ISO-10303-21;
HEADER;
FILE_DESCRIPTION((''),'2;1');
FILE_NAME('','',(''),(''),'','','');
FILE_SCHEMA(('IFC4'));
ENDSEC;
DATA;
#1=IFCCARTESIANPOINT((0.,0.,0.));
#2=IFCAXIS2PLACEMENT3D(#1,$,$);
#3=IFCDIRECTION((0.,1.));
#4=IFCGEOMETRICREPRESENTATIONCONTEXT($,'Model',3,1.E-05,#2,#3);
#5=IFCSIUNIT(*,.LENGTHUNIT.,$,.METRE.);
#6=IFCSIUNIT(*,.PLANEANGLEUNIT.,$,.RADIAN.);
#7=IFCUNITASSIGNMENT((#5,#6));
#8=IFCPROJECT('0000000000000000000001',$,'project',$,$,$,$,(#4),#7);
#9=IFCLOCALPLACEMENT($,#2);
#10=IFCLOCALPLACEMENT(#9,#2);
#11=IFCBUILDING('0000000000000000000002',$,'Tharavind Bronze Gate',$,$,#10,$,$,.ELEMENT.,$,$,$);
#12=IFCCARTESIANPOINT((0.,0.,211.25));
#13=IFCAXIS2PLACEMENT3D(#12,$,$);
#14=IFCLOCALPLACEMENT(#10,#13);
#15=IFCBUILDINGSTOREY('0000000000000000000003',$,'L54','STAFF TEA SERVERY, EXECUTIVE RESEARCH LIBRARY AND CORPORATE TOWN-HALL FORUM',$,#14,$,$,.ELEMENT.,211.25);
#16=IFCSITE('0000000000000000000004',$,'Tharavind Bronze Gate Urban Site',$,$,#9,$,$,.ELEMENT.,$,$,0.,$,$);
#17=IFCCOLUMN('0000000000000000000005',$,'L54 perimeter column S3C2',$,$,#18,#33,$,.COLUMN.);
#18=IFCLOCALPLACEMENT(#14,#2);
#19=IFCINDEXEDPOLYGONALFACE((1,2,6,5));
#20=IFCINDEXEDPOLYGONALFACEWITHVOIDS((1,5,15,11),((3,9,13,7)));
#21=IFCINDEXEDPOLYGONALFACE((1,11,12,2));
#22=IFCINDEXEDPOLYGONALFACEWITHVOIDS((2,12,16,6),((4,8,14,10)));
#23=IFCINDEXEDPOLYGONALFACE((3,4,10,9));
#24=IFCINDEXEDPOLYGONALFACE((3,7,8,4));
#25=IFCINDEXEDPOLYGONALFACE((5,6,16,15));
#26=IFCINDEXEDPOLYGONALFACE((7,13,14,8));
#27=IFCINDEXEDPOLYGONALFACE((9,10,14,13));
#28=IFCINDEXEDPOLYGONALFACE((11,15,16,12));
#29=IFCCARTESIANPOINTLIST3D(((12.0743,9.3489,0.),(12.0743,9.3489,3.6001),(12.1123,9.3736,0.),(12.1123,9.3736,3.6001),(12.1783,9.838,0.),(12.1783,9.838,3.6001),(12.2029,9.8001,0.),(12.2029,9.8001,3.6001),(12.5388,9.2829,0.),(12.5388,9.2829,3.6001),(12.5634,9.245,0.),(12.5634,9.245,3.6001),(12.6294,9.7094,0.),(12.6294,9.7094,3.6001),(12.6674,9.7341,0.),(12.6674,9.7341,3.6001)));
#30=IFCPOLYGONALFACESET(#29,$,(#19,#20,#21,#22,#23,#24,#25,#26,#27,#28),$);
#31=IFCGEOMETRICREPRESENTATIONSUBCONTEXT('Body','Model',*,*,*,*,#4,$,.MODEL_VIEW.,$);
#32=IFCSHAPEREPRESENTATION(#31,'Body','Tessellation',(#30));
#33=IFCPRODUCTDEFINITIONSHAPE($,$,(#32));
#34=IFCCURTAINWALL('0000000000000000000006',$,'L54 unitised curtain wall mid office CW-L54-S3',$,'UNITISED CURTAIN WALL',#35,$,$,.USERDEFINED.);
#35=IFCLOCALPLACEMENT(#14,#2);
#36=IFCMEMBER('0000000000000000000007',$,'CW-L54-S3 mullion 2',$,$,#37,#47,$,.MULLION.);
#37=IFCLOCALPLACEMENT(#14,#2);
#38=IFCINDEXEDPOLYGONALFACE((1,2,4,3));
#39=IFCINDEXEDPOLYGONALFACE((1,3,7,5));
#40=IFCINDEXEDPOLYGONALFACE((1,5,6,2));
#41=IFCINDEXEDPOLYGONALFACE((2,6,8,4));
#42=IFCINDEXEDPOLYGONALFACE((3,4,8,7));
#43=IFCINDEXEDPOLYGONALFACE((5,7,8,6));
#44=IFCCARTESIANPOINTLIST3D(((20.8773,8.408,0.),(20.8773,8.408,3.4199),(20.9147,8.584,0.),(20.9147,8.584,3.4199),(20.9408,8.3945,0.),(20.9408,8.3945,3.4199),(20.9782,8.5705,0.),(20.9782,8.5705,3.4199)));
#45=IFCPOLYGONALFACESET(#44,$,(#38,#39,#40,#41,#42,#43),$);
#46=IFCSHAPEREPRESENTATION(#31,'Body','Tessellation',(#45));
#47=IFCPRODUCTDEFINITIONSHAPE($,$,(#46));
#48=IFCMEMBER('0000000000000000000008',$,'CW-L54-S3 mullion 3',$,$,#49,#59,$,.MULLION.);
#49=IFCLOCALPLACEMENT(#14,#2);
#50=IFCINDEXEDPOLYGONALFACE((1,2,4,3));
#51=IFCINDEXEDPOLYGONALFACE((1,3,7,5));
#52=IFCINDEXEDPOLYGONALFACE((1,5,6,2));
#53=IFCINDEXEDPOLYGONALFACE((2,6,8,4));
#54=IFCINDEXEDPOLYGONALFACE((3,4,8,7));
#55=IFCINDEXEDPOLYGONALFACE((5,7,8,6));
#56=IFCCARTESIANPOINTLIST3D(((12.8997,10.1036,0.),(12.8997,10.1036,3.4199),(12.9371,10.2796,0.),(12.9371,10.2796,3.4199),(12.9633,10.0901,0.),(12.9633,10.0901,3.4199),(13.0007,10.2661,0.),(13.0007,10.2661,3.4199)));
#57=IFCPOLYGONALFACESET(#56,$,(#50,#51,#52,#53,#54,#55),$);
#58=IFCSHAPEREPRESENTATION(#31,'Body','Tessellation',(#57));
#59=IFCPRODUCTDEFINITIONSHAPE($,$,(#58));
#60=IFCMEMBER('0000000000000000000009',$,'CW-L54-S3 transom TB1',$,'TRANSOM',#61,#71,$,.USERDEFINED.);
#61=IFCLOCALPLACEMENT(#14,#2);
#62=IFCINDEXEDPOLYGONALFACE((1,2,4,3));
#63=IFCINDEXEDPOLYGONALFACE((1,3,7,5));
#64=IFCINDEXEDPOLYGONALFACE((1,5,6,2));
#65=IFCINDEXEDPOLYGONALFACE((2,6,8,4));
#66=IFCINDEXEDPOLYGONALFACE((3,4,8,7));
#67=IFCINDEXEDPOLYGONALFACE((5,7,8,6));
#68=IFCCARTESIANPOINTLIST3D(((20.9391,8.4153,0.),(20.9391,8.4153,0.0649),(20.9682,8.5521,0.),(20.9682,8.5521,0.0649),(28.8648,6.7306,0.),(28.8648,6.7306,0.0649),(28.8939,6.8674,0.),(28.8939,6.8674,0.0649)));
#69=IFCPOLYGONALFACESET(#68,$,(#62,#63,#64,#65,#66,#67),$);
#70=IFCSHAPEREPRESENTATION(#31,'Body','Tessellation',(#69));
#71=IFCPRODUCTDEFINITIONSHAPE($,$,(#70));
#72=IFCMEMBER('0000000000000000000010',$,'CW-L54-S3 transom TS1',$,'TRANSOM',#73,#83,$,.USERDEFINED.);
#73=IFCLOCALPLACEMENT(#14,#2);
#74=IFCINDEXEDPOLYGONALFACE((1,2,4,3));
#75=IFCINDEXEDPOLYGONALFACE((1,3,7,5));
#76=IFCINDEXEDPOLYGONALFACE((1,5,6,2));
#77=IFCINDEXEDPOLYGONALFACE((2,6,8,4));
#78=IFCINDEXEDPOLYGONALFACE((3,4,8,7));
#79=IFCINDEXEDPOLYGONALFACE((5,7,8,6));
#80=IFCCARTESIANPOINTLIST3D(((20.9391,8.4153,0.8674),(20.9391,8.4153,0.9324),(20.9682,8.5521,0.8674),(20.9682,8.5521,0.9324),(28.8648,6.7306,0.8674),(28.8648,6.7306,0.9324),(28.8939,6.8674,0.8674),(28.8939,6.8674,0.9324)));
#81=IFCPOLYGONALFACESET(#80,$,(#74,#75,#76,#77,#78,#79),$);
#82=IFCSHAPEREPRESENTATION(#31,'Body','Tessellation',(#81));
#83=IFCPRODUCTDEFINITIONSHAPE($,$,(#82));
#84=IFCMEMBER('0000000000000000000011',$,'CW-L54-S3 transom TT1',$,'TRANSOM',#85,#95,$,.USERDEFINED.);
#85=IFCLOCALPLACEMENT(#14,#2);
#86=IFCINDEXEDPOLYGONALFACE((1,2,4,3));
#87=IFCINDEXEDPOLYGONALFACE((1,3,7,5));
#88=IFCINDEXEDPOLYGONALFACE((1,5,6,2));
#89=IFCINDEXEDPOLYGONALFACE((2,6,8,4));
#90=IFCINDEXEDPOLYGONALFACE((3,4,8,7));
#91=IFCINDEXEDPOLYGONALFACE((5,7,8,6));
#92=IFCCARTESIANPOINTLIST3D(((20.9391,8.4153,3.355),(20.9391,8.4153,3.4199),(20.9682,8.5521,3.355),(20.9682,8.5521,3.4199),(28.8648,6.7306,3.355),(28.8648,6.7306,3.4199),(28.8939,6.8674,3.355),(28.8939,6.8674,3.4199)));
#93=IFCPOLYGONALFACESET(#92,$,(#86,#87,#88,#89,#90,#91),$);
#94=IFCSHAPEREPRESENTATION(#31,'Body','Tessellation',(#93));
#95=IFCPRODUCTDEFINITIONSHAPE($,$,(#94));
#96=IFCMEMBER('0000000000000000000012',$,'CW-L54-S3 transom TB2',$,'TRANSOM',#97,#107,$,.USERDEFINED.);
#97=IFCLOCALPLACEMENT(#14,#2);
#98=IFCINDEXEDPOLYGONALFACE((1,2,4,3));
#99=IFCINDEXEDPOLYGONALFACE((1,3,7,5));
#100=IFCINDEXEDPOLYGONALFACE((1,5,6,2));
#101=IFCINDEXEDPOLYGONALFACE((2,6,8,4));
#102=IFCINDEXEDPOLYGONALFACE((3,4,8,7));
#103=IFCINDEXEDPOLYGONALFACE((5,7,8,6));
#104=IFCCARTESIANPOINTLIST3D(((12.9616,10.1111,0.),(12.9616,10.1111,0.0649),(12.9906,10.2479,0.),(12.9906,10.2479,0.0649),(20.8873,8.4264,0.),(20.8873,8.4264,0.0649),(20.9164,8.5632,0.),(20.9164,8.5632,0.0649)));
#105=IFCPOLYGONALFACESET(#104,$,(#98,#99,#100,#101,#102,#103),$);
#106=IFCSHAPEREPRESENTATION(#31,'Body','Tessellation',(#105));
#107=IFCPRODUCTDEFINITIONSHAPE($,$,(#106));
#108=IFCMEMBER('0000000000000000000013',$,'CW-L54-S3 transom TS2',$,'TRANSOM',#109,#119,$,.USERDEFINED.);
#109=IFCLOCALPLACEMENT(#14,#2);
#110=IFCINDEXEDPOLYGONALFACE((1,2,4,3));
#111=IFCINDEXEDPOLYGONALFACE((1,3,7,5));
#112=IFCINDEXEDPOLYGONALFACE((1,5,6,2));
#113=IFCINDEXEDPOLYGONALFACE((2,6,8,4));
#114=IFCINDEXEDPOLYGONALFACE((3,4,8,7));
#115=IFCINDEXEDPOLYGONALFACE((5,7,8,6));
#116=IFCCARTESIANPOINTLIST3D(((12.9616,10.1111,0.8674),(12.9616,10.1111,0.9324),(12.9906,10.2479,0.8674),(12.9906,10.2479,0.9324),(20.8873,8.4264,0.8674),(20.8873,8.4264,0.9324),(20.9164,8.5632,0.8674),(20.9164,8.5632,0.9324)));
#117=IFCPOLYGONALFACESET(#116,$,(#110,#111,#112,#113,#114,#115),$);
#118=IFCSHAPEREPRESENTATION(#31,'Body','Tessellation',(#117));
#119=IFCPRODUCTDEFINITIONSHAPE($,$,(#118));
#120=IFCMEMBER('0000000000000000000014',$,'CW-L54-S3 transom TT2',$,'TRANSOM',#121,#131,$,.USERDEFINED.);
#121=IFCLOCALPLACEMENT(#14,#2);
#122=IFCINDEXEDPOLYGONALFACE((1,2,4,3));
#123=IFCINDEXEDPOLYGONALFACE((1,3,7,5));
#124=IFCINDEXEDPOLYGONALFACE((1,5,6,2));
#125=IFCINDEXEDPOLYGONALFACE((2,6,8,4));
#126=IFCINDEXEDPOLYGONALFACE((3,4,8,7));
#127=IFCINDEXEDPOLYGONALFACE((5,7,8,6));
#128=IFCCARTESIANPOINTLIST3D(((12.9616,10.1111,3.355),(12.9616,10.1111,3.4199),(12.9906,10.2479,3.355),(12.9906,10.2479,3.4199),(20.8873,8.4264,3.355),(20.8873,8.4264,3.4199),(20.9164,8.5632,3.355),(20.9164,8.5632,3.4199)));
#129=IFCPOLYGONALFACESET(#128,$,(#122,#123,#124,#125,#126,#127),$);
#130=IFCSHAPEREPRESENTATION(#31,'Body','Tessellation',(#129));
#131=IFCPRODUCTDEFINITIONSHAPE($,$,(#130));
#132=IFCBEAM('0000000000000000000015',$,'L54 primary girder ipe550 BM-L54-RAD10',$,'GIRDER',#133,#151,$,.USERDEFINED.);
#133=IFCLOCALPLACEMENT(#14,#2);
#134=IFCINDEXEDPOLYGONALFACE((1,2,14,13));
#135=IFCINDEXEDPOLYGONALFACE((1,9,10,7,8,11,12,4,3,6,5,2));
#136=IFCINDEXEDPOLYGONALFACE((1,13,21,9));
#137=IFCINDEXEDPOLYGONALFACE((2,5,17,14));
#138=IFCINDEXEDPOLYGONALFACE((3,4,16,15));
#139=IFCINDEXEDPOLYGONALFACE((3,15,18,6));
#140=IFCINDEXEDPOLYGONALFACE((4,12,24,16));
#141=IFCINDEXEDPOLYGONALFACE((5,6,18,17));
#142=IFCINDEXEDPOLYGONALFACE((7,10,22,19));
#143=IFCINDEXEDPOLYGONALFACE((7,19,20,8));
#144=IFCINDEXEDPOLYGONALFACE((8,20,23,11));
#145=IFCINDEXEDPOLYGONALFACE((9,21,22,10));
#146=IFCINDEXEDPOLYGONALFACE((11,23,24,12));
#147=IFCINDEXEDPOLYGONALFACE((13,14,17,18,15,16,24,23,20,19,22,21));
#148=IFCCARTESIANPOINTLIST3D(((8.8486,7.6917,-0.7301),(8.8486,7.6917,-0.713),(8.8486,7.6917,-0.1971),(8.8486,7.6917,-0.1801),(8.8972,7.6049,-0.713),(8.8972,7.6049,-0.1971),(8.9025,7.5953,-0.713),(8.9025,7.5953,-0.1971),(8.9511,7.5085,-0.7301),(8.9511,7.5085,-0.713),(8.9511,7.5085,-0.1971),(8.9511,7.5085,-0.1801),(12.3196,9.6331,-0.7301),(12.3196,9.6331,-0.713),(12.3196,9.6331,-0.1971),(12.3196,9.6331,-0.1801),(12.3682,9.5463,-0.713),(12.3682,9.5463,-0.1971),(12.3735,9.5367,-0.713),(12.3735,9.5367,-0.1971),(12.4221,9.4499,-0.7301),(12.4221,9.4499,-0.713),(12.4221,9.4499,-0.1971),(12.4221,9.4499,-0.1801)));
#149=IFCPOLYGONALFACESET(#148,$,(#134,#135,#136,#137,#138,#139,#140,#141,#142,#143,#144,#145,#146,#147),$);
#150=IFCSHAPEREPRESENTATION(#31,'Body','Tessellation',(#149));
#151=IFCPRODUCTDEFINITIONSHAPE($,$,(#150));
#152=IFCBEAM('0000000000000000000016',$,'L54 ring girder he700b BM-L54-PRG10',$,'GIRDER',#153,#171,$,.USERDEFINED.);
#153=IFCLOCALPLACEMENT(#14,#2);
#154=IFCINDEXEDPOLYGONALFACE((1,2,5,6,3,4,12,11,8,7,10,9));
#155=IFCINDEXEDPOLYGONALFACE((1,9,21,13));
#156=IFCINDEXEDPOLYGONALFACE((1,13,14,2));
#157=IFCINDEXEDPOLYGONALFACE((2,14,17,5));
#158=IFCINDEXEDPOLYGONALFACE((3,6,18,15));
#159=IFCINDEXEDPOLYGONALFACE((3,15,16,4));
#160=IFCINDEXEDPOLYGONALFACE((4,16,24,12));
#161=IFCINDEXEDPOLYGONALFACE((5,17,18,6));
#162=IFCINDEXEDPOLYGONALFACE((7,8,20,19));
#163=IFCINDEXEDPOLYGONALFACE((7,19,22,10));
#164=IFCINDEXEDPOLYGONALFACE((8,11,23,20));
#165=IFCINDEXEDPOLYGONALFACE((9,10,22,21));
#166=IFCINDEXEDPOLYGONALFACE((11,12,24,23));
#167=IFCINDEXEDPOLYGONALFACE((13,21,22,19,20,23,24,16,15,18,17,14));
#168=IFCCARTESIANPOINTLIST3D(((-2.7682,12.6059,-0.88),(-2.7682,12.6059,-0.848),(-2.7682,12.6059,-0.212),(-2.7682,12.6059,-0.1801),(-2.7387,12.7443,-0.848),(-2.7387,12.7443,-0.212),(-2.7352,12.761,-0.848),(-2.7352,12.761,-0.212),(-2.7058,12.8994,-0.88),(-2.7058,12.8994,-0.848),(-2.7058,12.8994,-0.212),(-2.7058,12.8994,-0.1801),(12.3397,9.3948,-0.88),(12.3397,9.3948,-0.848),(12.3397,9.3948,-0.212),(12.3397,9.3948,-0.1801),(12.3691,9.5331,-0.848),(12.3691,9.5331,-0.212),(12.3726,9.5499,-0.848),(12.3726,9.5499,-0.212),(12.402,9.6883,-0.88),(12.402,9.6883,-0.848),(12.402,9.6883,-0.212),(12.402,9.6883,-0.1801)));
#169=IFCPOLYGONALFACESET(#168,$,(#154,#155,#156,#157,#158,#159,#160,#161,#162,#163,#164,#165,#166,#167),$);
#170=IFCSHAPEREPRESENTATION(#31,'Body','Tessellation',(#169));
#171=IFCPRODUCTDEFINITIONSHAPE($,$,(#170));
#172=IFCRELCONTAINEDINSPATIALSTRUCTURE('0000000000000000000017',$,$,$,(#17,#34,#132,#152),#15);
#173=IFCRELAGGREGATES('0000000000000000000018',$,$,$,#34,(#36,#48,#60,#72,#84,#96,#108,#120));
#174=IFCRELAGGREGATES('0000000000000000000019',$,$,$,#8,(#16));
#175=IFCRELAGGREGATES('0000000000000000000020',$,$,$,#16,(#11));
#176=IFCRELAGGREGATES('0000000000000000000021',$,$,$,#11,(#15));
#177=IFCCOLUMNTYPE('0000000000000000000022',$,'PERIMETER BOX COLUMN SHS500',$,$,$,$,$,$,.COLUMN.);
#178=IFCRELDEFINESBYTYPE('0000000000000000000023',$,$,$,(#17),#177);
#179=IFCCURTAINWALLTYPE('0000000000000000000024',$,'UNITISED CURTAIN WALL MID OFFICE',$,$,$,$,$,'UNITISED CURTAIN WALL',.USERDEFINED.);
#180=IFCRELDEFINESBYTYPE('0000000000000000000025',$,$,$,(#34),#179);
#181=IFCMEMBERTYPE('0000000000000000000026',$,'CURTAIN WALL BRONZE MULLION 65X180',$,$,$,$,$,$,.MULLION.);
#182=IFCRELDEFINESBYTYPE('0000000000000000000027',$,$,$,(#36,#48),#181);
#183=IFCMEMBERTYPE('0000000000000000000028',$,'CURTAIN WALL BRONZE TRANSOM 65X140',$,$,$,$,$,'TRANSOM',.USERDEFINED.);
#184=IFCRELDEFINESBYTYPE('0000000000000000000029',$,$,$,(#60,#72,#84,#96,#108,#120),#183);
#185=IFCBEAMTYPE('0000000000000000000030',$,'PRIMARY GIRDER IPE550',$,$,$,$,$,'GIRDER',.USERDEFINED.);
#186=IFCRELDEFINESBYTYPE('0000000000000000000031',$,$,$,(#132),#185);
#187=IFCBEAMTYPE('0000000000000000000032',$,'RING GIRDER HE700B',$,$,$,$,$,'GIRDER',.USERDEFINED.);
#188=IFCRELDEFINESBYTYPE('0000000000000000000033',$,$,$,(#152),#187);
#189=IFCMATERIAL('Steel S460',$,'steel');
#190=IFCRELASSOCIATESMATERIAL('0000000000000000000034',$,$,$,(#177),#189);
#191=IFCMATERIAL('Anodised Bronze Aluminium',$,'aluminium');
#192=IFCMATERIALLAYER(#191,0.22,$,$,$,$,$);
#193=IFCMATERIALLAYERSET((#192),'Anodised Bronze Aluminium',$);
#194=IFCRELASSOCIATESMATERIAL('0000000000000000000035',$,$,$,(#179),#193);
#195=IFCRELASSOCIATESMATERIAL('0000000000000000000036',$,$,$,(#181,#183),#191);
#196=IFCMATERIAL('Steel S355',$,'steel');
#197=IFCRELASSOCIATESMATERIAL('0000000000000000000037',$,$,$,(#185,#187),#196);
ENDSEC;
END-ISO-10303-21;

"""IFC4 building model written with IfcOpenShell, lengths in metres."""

from ifc_helpers import new_model, si_unit, direction, frame, origin, origin_2d, place, context, subcontext, project, spatial, rectangle, hollow_rectangle, i_section, extrude, material, layer, layer_set, material_profile, profile_set, type_object, element, aggregate, save


model = new_model("IFC4")

# Units and contexts
model_context = context("Model", 3, precision=1e-05, world=origin(), true_north=direction((0.0, 1.0)))
body_context = subcontext(model_context, "Body", "Model", "MODEL_VIEW")
ifc_project = project(units=[si_unit("LENGTHUNIT", "METRE"), si_unit("PLANEANGLEUNIT", "RADIAN")], contexts=[model_context])

# Site, building, storey
site_placement = place(None, origin())
site = spatial("IfcSite", under=ifc_project, at=site_placement, Name="Tharavind Bronze Gate Urban Site", CompositionType="ELEMENT", RefElevation=0.0)
building_placement = place(site_placement, origin())
building = spatial("IfcBuilding", under=site, at=building_placement, Name="Tharavind Bronze Gate", CompositionType="ELEMENT")
storey_placement = place(building_placement, frame((0.0, 0.0, 211.25)))
storey = spatial("IfcBuildingStorey", under=building, at=storey_placement, Name="L54", Description="STAFF TEA SERVERY, EXECUTIVE RESEARCH LIBRARY AND CORPORATE TOWN-HALL FORUM", CompositionType="ELEMENT", Elevation=211.25)

# Column
ifc_material_1 = material(Name="Steel S460", Category="steel")
ifc_material_profile_1 = material_profile(ifc_material_1, hollow_rectangle(XDim=0.5, YDim=0.5, WallThickness=0.032, at=origin_2d()), Name="SHS500X32")
ifc_profile_set_1 = profile_set([ifc_material_profile_1], Name="Steel S460")
column_type = type_object("IfcColumnType", Name="PERIMETER BOX COLUMN SHS500", PredefinedType="COLUMN", material=ifc_profile_set_1)
column_placement = place(storey_placement, frame((12.3708, 9.5415, 0.0), z_axis=(0.0, 0.0, 1.0), x_axis=(-0.978148, 0.207912, 0.0)))
element("IfcColumn", 1, at=column_placement, inside=storey, type_object=column_type, Name="L54 perimeter column S3C2", PredefinedType="COLUMN", context=body_context, shape_type="SweptSolid", body=[
    extrude(hollow_rectangle(XDim=0.5, YDim=0.5, WallThickness=0.032, at=origin_2d()), origin(), (0.0, 0.0, 1.0), 3.6001),
])

# Curtain wall, members
ifc_material_2 = material(Name="Anodised Bronze Aluminium", Category="aluminium")
ifc_layer_1 = layer(ifc_material_2, 0.22)
ifc_layer_set_1 = layer_set([ifc_layer_1], Name="Anodised Bronze Aluminium")
curtain_wall_type = type_object("IfcCurtainWallType", Name="UNITISED CURTAIN WALL MID OFFICE", ElementType="UNITISED CURTAIN WALL", PredefinedType="USERDEFINED", material=ifc_layer_set_1)
curtain_wall_placement = place(storey_placement, origin())
curtain_wall = element("IfcCurtainWall", 2, at=curtain_wall_placement, inside=storey, type_object=curtain_wall_type, Name="L54 unitised curtain wall mid office CW-L54-S3", ObjectType="UNITISED CURTAIN WALL", PredefinedType="USERDEFINED")
member_type_1 = type_object("IfcMemberType", Name="CURTAIN WALL BRONZE MULLION 65X180", PredefinedType="MULLION", material=ifc_material_2)
member_1_placement = place(storey_placement, frame((20.9277, 8.4893, 0.0), z_axis=(0.0, 0.0, 1.0), x_axis=(-0.978148, 0.207912, 0.0)))
member_1 = element("IfcMember", 3, at=member_1_placement, type_object=member_type_1, Name="CW-L54-S3 mullion 2", PredefinedType="MULLION", context=body_context, shape_type="SweptSolid", body=[
    extrude(rectangle(XDim=0.0649, YDim=0.1799, at=origin_2d()), origin(), (0.0, 0.0, 1.0), 3.4199),
])
member_2_placement = place(storey_placement, frame((12.9502, 10.1848, 0.0), z_axis=(0.0, 0.0, 1.0), x_axis=(-0.978148, 0.207912, 0.0)))
member_2 = element("IfcMember", 4, at=member_2_placement, type_object=member_type_1, Name="CW-L54-S3 mullion 3", PredefinedType="MULLION", context=body_context, shape_type="SweptSolid", body=[
    extrude(rectangle(XDim=0.0649, YDim=0.1799, at=origin_2d()), origin(), (0.0, 0.0, 1.0), 3.4199),
])
member_type_2 = type_object("IfcMemberType", Name="CURTAIN WALL BRONZE TRANSOM 65X140", ElementType="TRANSOM", PredefinedType="USERDEFINED", material=ifc_material_2)
member_3_placement = place(storey_placement, frame((24.9165, 7.6414, 0.0), z_axis=(0.0, 0.0, 1.0), x_axis=(-0.978148, 0.207912, 0.0)))
member_3 = element("IfcMember", 5, at=member_3_placement, type_object=member_type_2, Name="CW-L54-S3 transom TB1", ObjectType="TRANSOM", PredefinedType="USERDEFINED", context=body_context, shape_type="SweptSolid", body=[
    extrude(rectangle(XDim=8.1028, YDim=0.1399, at=origin_2d()), origin(), (0.0, 0.0, 1.0), 0.0649),
])
member_4_placement = place(storey_placement, frame((24.9165, 7.6414, 0.8674), z_axis=(0.0, 0.0, 1.0), x_axis=(-0.978148, 0.207912, 0.0)))
member_4 = element("IfcMember", 6, at=member_4_placement, type_object=member_type_2, Name="CW-L54-S3 transom TS1", ObjectType="TRANSOM", PredefinedType="USERDEFINED", context=body_context, shape_type="SweptSolid", body=[
    extrude(rectangle(XDim=8.1028, YDim=0.1399, at=origin_2d()), origin(), (0.0, 0.0, 1.0), 0.0649),
])
member_5_placement = place(storey_placement, frame((24.9165, 7.6414, 3.355), z_axis=(0.0, 0.0, 1.0), x_axis=(-0.978148, 0.207912, 0.0)))
member_5 = element("IfcMember", 7, at=member_5_placement, type_object=member_type_2, Name="CW-L54-S3 transom TT1", ObjectType="TRANSOM", PredefinedType="USERDEFINED", context=body_context, shape_type="SweptSolid", body=[
    extrude(rectangle(XDim=8.1028, YDim=0.1399, at=origin_2d()), origin(), (0.0, 0.0, 1.0), 0.0649),
])
member_6_placement = place(storey_placement, frame((16.939, 9.3372, 0.0), z_axis=(0.0, 0.0, 1.0), x_axis=(-0.978148, 0.207912, 0.0)))
member_6 = element("IfcMember", 8, at=member_6_placement, type_object=member_type_2, Name="CW-L54-S3 transom TB2", ObjectType="TRANSOM", PredefinedType="USERDEFINED", context=body_context, shape_type="SweptSolid", body=[
    extrude(rectangle(XDim=8.1028, YDim=0.1399, at=origin_2d()), origin(), (0.0, 0.0, 1.0), 0.0649),
])
member_7_placement = place(storey_placement, frame((16.939, 9.3372, 0.8674), z_axis=(0.0, 0.0, 1.0), x_axis=(-0.978148, 0.207912, 0.0)))
member_7 = element("IfcMember", 9, at=member_7_placement, type_object=member_type_2, Name="CW-L54-S3 transom TS2", ObjectType="TRANSOM", PredefinedType="USERDEFINED", context=body_context, shape_type="SweptSolid", body=[
    extrude(rectangle(XDim=8.1028, YDim=0.1399, at=origin_2d()), origin(), (0.0, 0.0, 1.0), 0.0649),
])
member_8_placement = place(storey_placement, frame((16.939, 9.3372, 3.355), z_axis=(0.0, 0.0, 1.0), x_axis=(-0.978148, 0.207912, 0.0)))
member_8 = element("IfcMember", 10, at=member_8_placement, type_object=member_type_2, Name="CW-L54-S3 transom TT2", ObjectType="TRANSOM", PredefinedType="USERDEFINED", context=body_context, shape_type="SweptSolid", body=[
    extrude(rectangle(XDim=8.1028, YDim=0.1399, at=origin_2d()), origin(), (0.0, 0.0, 1.0), 0.0649),
])

# Beams
ifc_material_3 = material(Name="Steel S355", Category="steel")
ifc_material_profile_2 = material_profile(ifc_material_3, i_section(OverallWidth=0.21, OverallDepth=0.55, WebThickness=0.011, FlangeThickness=0.0171, at=origin_2d()), Name="IPE550")
ifc_profile_set_2 = profile_set([ifc_material_profile_2], Name="Steel S355")
beam_type_1 = type_object("IfcBeamType", Name="PRIMARY GIRDER IPE550", ElementType="GIRDER", PredefinedType="USERDEFINED", material=ifc_profile_set_2)
beam_1_placement = place(storey_placement, frame((12.3708, 9.5415, -0.4551), z_axis=(-0.872755, -0.488158, 0.0), x_axis=(0.488158, -0.872755, 0.0)))
element("IfcBeam", 11, at=beam_1_placement, inside=storey, type_object=beam_type_1, Name="L54 primary girder ipe550 BM-L54-RAD10", ObjectType="GIRDER", PredefinedType="USERDEFINED", context=body_context, shape_type="SweptSolid", body=[
    extrude(i_section(OverallWidth=0.21, OverallDepth=0.55, WebThickness=0.011, FlangeThickness=0.0171, at=origin_2d()), origin(), (0.0, 0.0, 1.0), 3.9771),
])
ifc_material_profile_3 = material_profile(ifc_material_3, i_section(OverallWidth=0.3, OverallDepth=0.7, WebThickness=0.0171, FlangeThickness=0.032, at=origin_2d()), Name="HE700B")
ifc_profile_set_3 = profile_set([ifc_material_profile_3], Name="Steel S355")
beam_type_2 = type_object("IfcBeamType", Name="RING GIRDER HE700B", ElementType="GIRDER", PredefinedType="USERDEFINED", material=ifc_profile_set_3)
beam_2_placement = place(storey_placement, frame((12.3708, 9.5415, -0.53), z_axis=(-0.978149, 0.207905, 0.0), x_axis=(-0.207905, -0.978149, 0.0)))
element("IfcBeam", 12, at=beam_2_placement, inside=storey, type_object=beam_type_2, Name="L54 ring girder he700b BM-L54-PRG10", ObjectType="GIRDER", PredefinedType="USERDEFINED", context=body_context, shape_type="SweptSolid", body=[
    extrude(i_section(OverallWidth=0.3, OverallDepth=0.7, WebThickness=0.0171, FlangeThickness=0.032, at=origin_2d()), origin(), (0.0, 0.0, 1.0), 15.4453),
])

aggregate(curtain_wall, [member_1, member_2, member_3, member_4, member_5, member_6, member_7, member_8])

save(model, "model.ifc")
